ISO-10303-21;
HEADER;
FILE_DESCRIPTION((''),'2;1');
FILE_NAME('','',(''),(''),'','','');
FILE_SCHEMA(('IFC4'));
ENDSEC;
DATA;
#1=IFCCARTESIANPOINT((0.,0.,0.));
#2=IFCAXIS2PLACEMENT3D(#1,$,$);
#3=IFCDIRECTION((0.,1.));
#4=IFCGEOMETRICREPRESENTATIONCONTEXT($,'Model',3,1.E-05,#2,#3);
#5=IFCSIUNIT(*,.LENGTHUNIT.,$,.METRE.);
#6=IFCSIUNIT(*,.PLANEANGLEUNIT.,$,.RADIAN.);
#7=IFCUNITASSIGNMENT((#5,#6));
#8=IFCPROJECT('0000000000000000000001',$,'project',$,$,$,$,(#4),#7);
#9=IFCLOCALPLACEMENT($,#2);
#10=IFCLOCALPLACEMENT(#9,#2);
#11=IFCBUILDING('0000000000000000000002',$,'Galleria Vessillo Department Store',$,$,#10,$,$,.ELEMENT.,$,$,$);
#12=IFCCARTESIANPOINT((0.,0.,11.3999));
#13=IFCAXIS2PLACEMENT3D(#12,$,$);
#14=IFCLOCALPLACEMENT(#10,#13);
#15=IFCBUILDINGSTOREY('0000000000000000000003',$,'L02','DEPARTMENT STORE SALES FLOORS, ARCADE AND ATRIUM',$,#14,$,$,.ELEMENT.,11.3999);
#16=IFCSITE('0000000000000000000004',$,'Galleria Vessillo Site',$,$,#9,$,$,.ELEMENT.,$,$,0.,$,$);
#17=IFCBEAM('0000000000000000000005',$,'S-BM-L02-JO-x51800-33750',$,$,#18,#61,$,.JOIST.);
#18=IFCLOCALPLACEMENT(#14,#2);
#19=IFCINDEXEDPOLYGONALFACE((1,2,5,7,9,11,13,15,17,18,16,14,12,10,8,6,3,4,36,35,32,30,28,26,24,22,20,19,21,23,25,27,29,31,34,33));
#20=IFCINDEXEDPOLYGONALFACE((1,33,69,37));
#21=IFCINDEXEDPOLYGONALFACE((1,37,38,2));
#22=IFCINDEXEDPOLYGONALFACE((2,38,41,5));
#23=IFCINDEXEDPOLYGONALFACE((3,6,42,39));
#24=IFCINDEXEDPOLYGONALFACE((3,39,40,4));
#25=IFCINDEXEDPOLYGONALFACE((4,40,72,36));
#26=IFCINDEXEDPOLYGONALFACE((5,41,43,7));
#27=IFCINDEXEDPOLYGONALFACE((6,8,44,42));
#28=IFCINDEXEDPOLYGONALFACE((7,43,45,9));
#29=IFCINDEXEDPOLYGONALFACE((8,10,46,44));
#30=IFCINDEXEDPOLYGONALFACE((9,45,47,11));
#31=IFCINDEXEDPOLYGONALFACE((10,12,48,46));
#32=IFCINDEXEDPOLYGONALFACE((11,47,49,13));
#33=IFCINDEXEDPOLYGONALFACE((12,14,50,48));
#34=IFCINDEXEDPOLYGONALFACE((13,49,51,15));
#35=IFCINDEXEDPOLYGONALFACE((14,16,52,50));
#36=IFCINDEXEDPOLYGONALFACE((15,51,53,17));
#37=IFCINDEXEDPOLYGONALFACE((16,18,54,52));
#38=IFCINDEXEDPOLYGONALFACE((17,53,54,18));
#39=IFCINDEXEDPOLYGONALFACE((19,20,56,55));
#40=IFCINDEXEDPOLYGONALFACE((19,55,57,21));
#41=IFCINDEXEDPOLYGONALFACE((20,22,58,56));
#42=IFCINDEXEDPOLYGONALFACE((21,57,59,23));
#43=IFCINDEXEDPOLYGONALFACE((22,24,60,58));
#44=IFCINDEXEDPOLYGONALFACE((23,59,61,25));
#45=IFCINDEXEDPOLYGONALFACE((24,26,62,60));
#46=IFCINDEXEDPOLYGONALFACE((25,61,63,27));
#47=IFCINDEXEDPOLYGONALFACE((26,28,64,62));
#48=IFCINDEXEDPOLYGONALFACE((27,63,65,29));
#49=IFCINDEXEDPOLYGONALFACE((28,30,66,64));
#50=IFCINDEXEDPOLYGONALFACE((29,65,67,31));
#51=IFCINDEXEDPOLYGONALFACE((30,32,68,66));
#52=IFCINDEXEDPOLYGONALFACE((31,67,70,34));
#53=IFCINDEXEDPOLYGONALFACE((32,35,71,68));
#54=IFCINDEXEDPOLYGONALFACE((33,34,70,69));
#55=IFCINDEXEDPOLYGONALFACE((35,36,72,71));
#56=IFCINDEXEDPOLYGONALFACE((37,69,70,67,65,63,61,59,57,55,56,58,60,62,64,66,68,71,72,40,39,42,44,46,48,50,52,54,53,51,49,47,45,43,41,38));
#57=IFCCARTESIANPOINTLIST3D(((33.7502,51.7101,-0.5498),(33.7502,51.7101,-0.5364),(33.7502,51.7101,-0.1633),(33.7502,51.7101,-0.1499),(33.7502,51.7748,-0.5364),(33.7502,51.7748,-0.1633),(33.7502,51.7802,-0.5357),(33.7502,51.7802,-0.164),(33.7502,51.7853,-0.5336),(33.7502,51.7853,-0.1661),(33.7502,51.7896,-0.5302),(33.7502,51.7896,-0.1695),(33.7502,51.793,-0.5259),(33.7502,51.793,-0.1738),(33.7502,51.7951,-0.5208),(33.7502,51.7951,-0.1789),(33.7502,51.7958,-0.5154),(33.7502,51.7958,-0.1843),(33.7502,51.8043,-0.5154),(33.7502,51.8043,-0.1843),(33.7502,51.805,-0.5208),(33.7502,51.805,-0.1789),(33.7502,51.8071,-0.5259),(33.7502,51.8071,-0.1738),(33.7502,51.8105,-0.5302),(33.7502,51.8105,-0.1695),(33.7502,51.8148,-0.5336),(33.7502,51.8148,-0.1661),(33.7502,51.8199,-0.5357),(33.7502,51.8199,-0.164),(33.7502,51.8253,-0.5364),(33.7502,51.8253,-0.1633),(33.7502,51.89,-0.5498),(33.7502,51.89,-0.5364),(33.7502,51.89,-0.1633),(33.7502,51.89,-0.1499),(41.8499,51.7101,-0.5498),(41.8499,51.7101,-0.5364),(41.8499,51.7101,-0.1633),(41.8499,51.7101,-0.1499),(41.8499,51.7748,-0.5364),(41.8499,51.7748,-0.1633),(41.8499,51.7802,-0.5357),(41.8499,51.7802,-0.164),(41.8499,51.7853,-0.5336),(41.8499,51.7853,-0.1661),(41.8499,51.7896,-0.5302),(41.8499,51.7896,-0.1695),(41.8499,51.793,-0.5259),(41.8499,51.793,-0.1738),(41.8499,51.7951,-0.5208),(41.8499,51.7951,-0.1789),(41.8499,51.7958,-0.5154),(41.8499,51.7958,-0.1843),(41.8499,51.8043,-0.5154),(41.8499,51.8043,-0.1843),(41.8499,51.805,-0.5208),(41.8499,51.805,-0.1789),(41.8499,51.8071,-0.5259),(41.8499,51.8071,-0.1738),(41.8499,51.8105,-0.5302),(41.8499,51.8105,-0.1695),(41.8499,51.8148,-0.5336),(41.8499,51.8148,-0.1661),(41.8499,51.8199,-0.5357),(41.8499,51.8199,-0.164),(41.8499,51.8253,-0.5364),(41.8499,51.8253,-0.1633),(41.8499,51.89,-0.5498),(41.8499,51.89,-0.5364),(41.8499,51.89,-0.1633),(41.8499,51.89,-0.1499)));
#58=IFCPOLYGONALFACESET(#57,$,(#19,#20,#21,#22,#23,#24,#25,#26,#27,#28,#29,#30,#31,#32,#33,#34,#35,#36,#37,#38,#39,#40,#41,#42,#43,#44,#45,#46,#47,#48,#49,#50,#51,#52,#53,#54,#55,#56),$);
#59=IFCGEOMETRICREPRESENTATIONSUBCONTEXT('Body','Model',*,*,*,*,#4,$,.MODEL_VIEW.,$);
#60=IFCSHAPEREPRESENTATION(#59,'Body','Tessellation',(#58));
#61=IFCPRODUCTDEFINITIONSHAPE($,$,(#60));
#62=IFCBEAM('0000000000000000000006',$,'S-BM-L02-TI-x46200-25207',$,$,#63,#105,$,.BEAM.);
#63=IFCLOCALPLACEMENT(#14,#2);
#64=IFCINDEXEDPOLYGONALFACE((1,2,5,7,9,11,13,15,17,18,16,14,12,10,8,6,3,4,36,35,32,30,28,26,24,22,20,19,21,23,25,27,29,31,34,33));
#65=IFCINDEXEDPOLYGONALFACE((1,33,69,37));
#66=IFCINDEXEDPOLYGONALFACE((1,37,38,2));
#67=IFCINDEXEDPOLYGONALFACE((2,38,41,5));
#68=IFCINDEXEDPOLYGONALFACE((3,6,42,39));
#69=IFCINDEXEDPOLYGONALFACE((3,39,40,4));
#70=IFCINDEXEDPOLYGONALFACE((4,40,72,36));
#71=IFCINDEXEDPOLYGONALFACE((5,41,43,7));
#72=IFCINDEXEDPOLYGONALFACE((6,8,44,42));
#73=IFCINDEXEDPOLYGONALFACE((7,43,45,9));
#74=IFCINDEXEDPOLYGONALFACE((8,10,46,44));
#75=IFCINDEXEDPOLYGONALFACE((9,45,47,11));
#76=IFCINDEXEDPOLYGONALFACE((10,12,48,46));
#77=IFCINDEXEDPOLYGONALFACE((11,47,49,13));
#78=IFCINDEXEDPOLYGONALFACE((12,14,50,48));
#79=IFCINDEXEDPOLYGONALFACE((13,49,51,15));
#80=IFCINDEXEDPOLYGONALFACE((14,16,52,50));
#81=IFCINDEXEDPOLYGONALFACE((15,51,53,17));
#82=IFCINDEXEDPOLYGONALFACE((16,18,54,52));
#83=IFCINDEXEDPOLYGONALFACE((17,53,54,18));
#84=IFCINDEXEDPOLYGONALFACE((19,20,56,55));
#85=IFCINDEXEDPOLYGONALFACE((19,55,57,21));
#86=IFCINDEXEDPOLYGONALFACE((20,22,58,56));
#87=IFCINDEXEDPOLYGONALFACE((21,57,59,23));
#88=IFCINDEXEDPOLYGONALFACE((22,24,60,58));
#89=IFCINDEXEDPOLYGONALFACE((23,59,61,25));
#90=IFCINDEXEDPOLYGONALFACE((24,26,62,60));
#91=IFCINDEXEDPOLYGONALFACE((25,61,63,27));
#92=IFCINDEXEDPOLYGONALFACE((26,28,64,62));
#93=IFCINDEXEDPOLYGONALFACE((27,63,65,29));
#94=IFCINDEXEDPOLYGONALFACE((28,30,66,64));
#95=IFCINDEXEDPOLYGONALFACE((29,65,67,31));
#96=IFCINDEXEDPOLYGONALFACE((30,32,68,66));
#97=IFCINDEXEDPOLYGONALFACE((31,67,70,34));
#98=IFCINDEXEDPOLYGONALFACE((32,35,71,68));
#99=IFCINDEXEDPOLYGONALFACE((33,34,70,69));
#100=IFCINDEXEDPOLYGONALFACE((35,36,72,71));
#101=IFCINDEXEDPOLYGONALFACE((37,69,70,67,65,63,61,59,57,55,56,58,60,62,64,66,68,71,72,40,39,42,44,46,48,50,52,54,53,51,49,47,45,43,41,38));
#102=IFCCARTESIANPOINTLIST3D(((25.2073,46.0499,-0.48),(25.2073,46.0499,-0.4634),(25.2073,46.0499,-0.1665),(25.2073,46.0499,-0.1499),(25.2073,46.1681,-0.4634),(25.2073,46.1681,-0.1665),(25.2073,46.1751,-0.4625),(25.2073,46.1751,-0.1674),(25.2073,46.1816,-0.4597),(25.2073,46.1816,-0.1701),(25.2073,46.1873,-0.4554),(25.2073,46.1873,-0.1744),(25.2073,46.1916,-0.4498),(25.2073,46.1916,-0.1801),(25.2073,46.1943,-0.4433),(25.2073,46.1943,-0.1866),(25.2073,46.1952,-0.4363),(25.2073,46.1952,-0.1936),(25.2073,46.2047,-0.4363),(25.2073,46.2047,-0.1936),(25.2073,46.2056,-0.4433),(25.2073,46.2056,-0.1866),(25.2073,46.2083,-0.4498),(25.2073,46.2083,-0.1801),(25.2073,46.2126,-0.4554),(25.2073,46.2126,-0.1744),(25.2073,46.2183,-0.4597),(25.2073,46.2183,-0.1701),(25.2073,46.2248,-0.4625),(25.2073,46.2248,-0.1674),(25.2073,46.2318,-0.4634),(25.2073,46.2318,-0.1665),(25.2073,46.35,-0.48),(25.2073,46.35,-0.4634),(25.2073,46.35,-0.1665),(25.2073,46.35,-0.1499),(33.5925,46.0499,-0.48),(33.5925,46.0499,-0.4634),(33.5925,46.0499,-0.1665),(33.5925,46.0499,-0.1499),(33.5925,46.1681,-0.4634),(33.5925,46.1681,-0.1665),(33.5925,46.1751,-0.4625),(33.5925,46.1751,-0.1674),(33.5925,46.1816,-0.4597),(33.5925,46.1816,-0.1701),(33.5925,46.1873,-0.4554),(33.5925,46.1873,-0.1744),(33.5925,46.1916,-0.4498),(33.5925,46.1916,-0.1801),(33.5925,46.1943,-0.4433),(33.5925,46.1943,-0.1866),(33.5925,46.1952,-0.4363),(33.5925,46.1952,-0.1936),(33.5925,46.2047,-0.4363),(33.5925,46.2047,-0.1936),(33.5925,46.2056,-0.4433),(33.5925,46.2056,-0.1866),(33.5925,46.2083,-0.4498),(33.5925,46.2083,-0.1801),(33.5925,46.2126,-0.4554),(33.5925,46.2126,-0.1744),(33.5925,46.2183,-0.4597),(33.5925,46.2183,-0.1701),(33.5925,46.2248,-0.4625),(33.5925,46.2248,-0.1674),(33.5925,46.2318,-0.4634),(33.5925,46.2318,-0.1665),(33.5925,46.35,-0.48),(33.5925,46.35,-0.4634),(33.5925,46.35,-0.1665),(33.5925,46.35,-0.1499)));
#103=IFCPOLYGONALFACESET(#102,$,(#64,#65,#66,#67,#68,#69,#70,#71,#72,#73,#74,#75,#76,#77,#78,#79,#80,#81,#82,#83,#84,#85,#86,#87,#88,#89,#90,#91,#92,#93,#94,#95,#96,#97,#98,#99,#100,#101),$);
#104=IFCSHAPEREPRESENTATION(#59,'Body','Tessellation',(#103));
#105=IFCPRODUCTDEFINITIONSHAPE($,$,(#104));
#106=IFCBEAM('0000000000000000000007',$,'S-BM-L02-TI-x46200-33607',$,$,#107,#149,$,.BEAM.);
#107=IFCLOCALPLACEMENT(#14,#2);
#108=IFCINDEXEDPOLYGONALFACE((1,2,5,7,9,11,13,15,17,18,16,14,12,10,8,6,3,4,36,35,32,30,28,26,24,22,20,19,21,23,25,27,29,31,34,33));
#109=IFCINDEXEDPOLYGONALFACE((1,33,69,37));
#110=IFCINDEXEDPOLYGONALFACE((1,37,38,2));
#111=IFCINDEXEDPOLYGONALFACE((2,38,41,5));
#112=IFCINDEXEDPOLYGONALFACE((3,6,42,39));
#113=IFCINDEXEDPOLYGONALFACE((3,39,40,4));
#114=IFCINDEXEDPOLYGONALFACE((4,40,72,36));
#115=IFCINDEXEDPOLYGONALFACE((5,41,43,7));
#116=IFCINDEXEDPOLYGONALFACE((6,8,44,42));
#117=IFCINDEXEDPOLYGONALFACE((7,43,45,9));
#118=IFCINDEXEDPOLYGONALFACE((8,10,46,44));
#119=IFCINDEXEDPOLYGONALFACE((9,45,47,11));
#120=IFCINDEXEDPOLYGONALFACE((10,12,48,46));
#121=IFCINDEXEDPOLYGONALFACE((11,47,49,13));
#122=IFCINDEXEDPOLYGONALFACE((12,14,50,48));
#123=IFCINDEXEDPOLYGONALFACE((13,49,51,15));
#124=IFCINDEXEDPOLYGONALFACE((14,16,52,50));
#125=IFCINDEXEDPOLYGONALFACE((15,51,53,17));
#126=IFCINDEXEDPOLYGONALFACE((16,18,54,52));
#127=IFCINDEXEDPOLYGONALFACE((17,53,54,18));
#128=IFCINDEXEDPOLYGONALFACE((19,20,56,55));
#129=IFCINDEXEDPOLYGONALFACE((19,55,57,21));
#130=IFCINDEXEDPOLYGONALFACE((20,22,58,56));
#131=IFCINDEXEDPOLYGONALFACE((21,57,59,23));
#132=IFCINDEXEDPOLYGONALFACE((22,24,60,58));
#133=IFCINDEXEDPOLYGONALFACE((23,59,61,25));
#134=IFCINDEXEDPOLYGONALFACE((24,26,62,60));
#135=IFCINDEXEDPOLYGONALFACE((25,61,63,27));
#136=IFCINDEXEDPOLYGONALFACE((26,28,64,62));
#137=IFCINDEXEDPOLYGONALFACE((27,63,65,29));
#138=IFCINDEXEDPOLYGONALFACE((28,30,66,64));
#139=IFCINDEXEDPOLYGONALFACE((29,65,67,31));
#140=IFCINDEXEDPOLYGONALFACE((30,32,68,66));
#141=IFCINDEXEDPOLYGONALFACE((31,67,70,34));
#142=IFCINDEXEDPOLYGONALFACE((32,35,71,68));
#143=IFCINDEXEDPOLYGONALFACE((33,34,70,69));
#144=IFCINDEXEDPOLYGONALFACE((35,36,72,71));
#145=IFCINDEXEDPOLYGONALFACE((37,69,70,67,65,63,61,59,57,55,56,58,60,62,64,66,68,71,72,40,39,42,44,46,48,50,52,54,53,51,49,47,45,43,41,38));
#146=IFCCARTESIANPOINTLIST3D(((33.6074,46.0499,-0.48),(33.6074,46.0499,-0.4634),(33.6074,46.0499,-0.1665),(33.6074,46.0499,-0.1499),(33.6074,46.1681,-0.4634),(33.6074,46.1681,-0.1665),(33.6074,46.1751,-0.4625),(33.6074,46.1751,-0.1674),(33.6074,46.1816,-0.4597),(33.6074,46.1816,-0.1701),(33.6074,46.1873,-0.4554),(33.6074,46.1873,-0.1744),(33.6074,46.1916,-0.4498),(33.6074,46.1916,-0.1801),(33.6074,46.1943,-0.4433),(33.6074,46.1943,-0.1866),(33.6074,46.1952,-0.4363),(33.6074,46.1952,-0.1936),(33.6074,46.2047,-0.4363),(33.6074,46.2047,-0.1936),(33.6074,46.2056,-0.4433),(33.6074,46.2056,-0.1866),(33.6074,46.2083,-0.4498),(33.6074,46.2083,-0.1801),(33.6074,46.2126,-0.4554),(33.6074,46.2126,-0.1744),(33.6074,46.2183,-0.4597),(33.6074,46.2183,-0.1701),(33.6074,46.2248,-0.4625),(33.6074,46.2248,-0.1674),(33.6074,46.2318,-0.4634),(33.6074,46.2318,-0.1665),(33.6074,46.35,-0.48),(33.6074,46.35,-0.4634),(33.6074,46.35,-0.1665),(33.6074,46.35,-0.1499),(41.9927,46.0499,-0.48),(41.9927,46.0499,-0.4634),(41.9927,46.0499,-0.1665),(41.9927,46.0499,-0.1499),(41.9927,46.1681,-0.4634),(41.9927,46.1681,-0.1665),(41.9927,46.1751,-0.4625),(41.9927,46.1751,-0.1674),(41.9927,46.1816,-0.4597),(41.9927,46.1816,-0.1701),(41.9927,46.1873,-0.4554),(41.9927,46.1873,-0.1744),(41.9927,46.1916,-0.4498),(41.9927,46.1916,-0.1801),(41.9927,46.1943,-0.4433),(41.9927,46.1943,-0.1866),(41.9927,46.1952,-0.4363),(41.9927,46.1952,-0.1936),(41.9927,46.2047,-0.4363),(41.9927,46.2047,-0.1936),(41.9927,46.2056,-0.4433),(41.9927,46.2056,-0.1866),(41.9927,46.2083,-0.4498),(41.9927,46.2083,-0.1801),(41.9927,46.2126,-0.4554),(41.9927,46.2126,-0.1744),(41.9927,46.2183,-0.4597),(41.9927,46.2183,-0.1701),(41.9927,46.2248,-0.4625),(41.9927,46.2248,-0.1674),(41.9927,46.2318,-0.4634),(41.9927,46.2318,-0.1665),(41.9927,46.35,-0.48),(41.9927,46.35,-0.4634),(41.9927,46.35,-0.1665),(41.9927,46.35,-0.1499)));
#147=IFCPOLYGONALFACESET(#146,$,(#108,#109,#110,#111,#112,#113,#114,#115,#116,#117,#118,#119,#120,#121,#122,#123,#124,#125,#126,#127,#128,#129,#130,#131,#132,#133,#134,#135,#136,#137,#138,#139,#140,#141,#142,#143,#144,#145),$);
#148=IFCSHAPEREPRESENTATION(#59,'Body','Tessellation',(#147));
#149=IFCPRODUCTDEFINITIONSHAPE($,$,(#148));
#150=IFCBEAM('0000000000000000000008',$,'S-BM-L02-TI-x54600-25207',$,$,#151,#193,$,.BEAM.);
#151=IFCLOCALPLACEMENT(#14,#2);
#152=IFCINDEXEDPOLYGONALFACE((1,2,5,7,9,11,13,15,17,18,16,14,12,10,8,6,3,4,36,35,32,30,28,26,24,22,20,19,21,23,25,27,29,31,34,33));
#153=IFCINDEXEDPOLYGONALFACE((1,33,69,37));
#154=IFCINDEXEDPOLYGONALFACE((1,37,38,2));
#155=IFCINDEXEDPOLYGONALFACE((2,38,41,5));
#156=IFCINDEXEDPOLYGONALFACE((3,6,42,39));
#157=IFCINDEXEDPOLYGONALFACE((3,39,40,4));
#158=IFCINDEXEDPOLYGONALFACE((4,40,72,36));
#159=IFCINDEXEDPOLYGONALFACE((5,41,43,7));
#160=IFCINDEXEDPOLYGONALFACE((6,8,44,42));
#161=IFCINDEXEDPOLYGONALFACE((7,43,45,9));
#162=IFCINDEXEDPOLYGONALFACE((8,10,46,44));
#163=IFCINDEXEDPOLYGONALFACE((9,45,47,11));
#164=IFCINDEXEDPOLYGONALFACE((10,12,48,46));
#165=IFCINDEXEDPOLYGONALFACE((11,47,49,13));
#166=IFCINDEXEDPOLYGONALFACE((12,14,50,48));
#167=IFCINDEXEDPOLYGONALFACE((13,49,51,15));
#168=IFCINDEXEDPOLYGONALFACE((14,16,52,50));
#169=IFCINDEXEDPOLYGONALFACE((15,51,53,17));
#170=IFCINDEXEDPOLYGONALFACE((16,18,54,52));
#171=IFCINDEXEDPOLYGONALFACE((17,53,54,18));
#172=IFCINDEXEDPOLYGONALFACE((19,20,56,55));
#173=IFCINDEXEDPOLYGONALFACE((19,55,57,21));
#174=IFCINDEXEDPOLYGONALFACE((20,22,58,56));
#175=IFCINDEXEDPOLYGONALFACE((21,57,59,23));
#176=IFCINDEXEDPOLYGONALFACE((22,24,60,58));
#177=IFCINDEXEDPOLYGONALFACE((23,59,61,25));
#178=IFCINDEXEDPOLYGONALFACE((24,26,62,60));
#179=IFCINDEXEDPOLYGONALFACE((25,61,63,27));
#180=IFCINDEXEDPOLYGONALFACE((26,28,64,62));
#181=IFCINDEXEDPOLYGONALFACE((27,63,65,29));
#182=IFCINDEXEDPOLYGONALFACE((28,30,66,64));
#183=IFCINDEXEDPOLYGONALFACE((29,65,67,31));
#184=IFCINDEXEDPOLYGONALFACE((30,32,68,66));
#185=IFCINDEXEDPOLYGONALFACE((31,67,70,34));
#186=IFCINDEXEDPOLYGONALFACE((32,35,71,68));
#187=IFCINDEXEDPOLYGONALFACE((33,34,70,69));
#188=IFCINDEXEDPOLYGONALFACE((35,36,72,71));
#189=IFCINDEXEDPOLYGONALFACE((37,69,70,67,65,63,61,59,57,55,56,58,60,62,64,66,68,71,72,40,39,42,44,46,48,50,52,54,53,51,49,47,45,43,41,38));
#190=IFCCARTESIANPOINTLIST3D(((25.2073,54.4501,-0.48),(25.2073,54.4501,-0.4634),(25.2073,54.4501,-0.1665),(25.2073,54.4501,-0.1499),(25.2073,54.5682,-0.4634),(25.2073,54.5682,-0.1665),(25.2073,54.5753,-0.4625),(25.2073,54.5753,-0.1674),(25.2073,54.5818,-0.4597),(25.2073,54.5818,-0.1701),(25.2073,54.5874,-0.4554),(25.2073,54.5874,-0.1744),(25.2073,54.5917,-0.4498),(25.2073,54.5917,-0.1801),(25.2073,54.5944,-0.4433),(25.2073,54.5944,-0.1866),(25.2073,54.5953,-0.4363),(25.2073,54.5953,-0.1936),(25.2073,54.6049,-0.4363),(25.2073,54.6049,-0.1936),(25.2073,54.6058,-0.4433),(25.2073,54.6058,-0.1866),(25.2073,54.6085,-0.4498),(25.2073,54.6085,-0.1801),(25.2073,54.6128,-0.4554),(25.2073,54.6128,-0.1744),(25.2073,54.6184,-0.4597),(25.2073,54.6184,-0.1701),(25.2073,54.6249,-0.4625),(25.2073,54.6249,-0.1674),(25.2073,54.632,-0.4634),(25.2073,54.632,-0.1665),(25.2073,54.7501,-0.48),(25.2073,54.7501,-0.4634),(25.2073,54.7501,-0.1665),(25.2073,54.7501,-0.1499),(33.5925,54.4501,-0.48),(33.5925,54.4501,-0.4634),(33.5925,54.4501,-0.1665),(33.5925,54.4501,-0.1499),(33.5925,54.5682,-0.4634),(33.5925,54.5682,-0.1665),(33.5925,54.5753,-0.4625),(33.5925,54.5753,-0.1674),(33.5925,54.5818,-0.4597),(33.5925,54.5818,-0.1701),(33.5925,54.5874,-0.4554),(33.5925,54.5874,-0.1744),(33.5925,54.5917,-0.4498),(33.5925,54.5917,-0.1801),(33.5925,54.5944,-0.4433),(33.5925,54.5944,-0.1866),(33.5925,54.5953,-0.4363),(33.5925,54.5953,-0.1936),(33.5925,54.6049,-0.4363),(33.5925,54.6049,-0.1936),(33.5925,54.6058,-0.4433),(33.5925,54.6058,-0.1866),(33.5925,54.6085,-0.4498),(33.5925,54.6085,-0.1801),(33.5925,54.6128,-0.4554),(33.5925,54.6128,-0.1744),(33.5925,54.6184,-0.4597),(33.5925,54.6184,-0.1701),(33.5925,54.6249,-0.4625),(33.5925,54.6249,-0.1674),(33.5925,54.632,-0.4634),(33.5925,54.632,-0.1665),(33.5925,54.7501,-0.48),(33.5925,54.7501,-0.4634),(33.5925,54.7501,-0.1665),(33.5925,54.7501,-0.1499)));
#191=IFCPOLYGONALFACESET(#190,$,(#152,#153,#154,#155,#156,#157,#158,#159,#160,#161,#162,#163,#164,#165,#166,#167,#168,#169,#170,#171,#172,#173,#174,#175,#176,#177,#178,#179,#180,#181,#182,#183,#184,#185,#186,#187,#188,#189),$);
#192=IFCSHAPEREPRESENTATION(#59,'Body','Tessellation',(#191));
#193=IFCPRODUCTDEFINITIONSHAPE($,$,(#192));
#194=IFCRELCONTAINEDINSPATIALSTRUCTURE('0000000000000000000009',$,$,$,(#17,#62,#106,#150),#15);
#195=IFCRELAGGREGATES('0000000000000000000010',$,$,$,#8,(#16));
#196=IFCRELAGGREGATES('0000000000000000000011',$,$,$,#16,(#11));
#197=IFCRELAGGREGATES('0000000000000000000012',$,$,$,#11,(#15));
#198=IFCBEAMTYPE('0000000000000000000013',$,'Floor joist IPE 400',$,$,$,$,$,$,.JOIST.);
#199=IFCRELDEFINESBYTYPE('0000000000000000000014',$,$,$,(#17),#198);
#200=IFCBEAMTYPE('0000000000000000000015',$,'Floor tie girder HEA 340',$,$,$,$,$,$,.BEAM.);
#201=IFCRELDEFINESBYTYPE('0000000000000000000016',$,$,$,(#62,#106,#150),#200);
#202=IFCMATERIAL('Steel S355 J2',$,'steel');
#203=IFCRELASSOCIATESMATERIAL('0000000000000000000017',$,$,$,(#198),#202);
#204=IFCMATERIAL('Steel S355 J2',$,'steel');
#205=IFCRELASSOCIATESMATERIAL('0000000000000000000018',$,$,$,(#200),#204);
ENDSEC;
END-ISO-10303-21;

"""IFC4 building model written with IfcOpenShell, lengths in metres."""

from ifc_helpers import new_model, si_unit, direction, frame, origin, origin_2d, place, context, subcontext, project, spatial, i_section, extrude, material, material_profile, profile_set, type_object, element, save


model = new_model("IFC4")

# Units and contexts
model_context = context("Model", 3, precision=1e-05, world=origin(), true_north=direction((0.0, 1.0)))
body_context = subcontext(model_context, "Body", "Model", "MODEL_VIEW")
ifc_project = project(units=[si_unit("LENGTHUNIT", "METRE"), si_unit("PLANEANGLEUNIT", "RADIAN")], contexts=[model_context])

# Site, building, storey
site_placement = place(None, origin())
site = spatial("IfcSite", under=ifc_project, at=site_placement, Name="Galleria Vessillo Site", CompositionType="ELEMENT", RefElevation=0.0)
building_placement = place(site_placement, origin())
building = spatial("IfcBuilding", under=site, at=building_placement, Name="Galleria Vessillo Department Store", CompositionType="ELEMENT")
storey_placement = place(building_placement, frame((0.0, 0.0, 11.3999)))
storey = spatial("IfcBuildingStorey", under=building, at=storey_placement, Name="L02", Description="DEPARTMENT STORE SALES FLOORS, ARCADE AND ATRIUM", CompositionType="ELEMENT", Elevation=11.3999)

# Beams
ifc_material_1 = material(Name="Steel S355 J2", Category="steel")
ifc_material_profile_1 = material_profile(ifc_material_1, i_section(OverallWidth=0.1799, OverallDepth=0.3999, WebThickness=0.0085, FlangeThickness=0.0134, FilletRadius=0.021, at=origin_2d()), Name="IPE 400")
ifc_profile_set_1 = profile_set([ifc_material_profile_1], Name="Steel S355 J2")
beam_type_1 = type_object("IfcBeamType", Name="Floor joist IPE 400", PredefinedType="JOIST", material=ifc_profile_set_1)
for number, where, z_axis, x_axis, name in (
    (1, (33.7502, 51.8, -0.3499), (1.0, 0.0, 0.0), (0.0, 1.0, 0.0), "S-BM-L02-JO-x51800-33750"),
):
    element("IfcBeam", number, at=place(storey_placement, frame(where, z_axis=z_axis, x_axis=x_axis)), inside=storey, type_object=beam_type_1, Name=name, PredefinedType="JOIST", context=body_context, shape_type="SweptSolid", body=[
        extrude(i_section(OverallWidth=0.1799, OverallDepth=0.3999, WebThickness=0.0085, FlangeThickness=0.0134, FilletRadius=0.021, at=origin_2d()), origin(), (0.0, 0.0, 1.0), 8.0996),
    ])
ifc_material_2 = material(Name="Steel S355 J2", Category="steel")
ifc_material_profile_2 = material_profile(ifc_material_2, i_section(OverallWidth=0.3, OverallDepth=0.3301, WebThickness=0.0095, FlangeThickness=0.0166, FilletRadius=0.0271, at=origin_2d()), Name="HEA 340")
ifc_profile_set_2 = profile_set([ifc_material_profile_2], Name="Steel S355 J2")
beam_type_2 = type_object("IfcBeamType", Name="Floor tie girder HEA 340", PredefinedType="BEAM", material=ifc_profile_set_2)
for number, where, z_axis, x_axis, name in (
    (2, (25.2073, 46.2, -0.3149), (1.0, 0.0, 0.0), (0.0, 1.0, 0.0), "S-BM-L02-TI-x46200-25207"),
    (3, (33.6074, 46.2, -0.3149), (1.0, 0.0, 0.0), (0.0, 1.0, 0.0), "S-BM-L02-TI-x46200-33607"),
    (4, (25.2073, 54.6001, -0.3149), (1.0, 0.0, 0.0), (0.0, 1.0, 0.0), "S-BM-L02-TI-x54600-25207"),
):
    element("IfcBeam", number, at=place(storey_placement, frame(where, z_axis=z_axis, x_axis=x_axis)), inside=storey, type_object=beam_type_2, Name=name, PredefinedType="BEAM", context=body_context, shape_type="SweptSolid", body=[
        extrude(i_section(OverallWidth=0.3, OverallDepth=0.3301, WebThickness=0.0095, FlangeThickness=0.0166, FilletRadius=0.0271, at=origin_2d()), origin(), (0.0, 0.0, 1.0), 8.3853),
    ])

save(model, "model.ifc")
